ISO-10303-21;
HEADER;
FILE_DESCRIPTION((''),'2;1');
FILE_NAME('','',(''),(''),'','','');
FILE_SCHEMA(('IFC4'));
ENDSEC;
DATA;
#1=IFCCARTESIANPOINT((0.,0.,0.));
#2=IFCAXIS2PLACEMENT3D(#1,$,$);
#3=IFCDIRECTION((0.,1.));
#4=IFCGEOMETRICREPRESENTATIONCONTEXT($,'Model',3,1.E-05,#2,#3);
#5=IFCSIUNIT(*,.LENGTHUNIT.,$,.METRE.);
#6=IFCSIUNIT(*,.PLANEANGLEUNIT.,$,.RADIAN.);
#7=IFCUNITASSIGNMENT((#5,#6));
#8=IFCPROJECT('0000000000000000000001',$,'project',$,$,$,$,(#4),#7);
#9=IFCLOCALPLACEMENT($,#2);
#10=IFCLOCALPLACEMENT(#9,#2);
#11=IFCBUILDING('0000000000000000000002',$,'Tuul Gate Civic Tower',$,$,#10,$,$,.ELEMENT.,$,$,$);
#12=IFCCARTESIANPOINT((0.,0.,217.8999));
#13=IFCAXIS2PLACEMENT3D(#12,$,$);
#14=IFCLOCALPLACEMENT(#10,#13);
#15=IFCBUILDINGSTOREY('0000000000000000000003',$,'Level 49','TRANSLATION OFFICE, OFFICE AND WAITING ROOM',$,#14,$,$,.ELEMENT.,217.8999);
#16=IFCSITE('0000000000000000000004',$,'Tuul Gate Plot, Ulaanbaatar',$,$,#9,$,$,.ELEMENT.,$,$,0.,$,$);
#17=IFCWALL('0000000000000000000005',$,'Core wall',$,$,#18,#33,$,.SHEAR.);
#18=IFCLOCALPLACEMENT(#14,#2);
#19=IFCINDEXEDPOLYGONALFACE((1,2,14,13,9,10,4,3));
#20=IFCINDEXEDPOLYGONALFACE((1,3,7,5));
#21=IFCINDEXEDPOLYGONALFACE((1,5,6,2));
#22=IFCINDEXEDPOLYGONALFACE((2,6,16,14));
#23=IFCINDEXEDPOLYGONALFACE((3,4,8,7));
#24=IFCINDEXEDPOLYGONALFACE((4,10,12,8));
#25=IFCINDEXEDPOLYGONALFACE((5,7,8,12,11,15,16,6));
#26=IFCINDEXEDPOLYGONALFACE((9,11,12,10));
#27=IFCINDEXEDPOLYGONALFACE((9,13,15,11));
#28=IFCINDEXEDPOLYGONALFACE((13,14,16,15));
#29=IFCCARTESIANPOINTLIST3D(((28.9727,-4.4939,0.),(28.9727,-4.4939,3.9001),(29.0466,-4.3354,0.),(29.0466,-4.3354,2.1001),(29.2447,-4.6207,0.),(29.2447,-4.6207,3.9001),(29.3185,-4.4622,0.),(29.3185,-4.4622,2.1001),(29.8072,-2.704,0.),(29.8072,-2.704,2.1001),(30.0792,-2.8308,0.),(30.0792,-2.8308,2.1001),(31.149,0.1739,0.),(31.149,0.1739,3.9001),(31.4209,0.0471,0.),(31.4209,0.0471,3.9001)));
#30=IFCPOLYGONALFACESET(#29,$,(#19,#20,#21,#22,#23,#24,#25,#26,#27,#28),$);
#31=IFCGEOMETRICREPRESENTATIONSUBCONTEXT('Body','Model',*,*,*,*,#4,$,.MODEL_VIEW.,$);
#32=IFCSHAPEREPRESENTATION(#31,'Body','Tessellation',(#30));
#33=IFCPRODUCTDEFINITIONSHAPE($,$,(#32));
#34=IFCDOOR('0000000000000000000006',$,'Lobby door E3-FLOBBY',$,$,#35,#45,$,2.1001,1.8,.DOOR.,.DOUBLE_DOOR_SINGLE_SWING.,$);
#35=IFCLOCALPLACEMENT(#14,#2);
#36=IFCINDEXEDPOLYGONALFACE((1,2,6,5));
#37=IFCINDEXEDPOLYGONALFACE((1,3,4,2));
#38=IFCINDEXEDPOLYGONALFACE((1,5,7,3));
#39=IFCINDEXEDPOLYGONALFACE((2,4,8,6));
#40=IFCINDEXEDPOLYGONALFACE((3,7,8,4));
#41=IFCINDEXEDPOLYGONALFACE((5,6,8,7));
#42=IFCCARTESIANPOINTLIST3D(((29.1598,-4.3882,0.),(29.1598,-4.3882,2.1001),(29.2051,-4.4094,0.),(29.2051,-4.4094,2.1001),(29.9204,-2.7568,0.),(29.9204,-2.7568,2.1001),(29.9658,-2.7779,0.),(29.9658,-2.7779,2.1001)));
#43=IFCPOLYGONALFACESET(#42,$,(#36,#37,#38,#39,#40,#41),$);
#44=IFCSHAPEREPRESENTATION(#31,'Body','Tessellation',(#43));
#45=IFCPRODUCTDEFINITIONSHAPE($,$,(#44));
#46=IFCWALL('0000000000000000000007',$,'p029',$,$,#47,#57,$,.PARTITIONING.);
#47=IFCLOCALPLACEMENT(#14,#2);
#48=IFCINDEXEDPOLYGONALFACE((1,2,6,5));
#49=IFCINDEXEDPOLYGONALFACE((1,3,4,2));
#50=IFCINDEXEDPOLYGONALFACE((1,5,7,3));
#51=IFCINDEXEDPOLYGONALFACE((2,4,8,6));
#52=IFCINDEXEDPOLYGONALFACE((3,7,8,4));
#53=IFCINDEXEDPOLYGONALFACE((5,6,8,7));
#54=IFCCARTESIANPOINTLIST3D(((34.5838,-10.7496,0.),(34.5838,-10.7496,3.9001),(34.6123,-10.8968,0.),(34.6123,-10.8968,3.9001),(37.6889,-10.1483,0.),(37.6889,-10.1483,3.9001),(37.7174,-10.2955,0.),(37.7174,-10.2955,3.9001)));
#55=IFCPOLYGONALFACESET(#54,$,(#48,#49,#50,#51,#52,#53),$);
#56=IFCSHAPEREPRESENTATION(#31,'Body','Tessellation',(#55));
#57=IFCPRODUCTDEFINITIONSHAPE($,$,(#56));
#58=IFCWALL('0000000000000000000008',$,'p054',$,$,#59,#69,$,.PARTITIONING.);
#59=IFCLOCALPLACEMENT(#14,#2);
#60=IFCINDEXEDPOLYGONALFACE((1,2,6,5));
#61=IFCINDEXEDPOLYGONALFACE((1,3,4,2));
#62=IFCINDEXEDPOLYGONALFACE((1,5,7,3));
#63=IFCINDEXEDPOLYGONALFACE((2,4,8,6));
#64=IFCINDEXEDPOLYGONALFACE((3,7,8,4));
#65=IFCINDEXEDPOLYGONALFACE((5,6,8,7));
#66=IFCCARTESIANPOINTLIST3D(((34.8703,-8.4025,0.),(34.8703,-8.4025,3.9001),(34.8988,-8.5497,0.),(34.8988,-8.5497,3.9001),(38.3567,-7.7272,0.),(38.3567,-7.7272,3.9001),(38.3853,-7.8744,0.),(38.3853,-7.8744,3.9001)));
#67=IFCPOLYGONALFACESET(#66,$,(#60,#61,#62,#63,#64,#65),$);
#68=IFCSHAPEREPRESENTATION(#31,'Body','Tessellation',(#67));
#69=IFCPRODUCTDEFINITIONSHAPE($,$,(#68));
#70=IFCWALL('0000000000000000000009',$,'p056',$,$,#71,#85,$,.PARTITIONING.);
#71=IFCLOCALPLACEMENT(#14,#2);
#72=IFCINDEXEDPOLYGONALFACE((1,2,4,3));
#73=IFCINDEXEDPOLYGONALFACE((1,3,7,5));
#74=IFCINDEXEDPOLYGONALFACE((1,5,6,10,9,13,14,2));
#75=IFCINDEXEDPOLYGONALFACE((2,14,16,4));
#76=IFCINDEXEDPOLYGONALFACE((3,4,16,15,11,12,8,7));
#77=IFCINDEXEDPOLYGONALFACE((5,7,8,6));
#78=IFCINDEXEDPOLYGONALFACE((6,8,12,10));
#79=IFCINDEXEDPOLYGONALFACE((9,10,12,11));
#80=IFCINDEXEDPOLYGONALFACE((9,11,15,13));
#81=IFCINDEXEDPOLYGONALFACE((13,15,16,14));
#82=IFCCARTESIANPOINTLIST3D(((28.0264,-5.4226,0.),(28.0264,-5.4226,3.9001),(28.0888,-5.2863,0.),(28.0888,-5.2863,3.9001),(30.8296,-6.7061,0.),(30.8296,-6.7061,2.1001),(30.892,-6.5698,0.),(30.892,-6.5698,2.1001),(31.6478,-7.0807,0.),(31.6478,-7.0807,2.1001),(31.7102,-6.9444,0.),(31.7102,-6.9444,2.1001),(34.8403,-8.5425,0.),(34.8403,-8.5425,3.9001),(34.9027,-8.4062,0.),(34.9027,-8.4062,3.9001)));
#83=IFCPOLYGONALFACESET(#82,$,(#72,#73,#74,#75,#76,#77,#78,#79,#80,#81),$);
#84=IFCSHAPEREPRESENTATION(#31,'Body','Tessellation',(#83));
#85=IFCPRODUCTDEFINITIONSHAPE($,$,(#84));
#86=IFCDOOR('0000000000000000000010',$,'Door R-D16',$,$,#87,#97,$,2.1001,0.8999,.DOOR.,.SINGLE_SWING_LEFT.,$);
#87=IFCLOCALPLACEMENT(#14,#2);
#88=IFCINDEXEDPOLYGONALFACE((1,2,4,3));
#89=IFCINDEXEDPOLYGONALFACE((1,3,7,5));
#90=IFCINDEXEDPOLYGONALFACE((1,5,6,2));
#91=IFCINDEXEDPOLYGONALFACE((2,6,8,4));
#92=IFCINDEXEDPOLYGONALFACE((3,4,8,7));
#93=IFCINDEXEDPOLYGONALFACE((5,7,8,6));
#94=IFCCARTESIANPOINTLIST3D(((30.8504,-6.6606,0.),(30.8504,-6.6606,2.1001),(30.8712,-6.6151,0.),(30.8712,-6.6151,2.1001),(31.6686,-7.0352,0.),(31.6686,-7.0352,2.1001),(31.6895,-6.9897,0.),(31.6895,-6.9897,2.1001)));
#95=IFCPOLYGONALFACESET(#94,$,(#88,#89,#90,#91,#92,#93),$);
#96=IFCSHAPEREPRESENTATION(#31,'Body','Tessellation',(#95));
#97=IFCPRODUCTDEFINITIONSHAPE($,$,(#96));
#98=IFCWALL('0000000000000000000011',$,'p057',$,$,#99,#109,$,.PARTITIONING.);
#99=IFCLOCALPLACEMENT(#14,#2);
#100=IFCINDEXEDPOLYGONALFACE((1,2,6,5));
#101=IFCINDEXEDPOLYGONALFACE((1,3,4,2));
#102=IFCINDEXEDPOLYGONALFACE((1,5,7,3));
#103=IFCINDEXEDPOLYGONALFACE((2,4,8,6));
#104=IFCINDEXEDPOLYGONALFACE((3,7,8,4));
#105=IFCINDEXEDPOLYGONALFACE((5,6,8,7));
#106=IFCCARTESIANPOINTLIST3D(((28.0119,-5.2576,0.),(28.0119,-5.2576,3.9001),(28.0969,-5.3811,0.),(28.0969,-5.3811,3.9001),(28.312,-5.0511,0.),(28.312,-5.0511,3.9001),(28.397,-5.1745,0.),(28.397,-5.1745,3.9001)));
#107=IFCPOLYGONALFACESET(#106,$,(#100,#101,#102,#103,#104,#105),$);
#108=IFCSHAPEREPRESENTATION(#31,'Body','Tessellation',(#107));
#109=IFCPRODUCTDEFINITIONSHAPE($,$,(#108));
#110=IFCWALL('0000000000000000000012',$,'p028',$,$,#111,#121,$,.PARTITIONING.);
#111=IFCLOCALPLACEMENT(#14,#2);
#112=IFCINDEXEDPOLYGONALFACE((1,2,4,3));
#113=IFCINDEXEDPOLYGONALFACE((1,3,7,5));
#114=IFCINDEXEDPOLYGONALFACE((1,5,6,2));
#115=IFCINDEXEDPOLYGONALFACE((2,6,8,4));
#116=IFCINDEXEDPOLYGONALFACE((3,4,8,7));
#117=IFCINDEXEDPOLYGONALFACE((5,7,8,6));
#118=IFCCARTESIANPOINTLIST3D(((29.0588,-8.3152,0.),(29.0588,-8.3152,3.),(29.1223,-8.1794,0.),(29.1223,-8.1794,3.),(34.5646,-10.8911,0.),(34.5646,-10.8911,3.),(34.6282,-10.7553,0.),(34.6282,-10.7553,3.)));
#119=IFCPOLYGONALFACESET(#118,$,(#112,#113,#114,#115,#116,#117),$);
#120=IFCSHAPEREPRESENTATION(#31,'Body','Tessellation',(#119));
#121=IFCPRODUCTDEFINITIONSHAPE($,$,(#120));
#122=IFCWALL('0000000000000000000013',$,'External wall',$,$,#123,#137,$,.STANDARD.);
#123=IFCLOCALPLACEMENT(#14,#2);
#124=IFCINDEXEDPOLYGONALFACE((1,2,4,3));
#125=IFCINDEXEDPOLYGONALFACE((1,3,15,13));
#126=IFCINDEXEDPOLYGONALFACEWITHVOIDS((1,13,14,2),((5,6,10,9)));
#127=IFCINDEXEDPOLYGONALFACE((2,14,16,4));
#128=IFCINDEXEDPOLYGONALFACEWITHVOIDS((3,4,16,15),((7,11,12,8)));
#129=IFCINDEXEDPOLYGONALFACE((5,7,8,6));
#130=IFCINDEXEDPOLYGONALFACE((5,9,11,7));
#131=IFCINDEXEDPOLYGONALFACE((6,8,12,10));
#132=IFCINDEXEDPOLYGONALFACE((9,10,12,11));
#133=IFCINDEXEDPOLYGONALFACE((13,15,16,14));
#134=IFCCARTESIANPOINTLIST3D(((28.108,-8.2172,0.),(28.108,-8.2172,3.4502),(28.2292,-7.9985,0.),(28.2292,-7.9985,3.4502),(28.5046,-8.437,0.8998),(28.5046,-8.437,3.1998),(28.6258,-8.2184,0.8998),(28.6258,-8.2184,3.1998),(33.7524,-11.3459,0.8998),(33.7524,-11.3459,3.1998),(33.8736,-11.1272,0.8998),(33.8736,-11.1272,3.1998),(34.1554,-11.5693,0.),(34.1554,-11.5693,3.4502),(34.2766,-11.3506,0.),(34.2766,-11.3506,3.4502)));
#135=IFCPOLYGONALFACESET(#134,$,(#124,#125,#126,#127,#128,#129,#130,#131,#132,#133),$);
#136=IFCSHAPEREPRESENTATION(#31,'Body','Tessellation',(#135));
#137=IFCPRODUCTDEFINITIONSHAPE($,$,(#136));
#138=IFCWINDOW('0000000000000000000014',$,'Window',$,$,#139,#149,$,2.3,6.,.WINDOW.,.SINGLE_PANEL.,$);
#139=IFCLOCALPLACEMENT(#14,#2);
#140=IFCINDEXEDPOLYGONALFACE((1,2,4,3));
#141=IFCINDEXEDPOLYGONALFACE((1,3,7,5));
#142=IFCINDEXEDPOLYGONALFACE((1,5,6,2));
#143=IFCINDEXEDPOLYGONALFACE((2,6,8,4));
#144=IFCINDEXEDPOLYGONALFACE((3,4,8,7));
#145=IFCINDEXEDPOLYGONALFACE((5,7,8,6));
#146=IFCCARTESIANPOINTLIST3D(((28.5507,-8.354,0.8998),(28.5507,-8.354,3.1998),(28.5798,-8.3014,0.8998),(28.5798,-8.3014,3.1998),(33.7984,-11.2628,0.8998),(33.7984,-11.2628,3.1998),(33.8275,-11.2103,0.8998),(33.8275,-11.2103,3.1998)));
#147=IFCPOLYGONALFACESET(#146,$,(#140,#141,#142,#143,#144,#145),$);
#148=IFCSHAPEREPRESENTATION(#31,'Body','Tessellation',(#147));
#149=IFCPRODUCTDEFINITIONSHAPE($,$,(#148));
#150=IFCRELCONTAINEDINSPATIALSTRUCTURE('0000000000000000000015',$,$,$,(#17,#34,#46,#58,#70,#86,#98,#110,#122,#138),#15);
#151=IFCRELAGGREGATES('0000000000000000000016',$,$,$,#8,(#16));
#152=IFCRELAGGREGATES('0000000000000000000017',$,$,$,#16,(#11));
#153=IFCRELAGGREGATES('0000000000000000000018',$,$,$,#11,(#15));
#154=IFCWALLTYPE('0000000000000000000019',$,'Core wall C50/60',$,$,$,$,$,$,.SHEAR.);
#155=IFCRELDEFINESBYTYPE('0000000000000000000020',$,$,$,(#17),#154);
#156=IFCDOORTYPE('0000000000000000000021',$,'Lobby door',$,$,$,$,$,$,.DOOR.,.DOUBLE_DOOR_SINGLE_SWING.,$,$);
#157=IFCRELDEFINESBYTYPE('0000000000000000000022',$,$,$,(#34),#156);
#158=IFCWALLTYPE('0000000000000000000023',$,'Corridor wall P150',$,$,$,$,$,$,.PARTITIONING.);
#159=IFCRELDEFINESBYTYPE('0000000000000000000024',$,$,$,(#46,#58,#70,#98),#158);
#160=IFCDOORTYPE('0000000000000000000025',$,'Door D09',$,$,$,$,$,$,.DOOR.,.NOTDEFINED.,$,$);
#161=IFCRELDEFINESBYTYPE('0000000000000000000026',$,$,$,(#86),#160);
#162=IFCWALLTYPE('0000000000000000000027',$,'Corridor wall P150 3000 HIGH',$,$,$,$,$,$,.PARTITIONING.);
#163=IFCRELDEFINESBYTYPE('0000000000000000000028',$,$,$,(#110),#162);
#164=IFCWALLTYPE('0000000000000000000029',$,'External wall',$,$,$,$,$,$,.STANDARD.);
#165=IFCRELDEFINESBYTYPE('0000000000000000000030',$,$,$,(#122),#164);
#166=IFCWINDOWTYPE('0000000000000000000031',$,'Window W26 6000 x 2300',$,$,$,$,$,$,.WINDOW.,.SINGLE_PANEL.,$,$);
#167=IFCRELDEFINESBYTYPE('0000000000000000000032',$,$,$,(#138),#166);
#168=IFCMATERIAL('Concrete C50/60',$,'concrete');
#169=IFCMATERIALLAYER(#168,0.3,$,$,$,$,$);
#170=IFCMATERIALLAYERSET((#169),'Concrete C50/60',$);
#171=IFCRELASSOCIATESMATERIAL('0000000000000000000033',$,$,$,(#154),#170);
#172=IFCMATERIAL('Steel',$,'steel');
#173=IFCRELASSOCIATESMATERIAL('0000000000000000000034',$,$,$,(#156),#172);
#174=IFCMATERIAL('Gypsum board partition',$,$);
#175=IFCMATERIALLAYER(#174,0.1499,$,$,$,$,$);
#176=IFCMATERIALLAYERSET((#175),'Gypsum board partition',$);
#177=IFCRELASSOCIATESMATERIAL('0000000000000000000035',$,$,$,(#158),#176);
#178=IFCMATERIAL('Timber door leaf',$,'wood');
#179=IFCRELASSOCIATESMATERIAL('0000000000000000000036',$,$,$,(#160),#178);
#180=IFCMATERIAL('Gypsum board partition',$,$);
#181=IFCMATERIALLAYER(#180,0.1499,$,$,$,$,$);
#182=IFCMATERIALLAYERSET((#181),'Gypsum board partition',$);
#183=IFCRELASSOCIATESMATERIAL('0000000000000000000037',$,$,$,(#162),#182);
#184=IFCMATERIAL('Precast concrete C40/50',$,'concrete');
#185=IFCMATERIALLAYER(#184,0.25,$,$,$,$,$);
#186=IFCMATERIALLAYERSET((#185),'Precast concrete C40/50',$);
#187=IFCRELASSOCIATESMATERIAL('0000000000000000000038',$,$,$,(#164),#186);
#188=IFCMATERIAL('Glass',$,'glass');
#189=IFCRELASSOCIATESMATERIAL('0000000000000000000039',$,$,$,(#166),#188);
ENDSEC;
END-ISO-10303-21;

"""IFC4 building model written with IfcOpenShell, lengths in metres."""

from ifc_helpers import new_model, si_unit, direction, frame, frame_2d, origin, place, context, subcontext, project, spatial, rectangle, extrude, material, layer, layer_set, type_object, element, fill, save


model = new_model("IFC4")

# Units and contexts
model_context = context("Model", 3, precision=1e-05, world=origin(), true_north=direction((0.0, 1.0)))
body_context = subcontext(model_context, "Body", "Model", "MODEL_VIEW")
ifc_project = project(units=[si_unit("LENGTHUNIT", "METRE"), si_unit("PLANEANGLEUNIT", "RADIAN")], contexts=[model_context])

# Site, building, storey
site_placement = place(None, origin())
site = spatial("IfcSite", under=ifc_project, at=site_placement, Name="Tuul Gate Plot, Ulaanbaatar", CompositionType="ELEMENT", RefElevation=0.0)
building_placement = place(site_placement, origin())
building = spatial("IfcBuilding", under=site, at=building_placement, Name="Tuul Gate Civic Tower", CompositionType="ELEMENT")
storey_placement = place(building_placement, frame((0.0, 0.0, 217.8999)))
storey = spatial("IfcBuildingStorey", under=building, at=storey_placement, Name="Level 49", Description="TRANSLATION OFFICE, OFFICE AND WAITING ROOM", CompositionType="ELEMENT", Elevation=217.8999)

# Shared definitions
ifc_material_1 = material(Name="Concrete C50/60", Category="concrete")
ifc_layer_1 = layer(ifc_material_1, 0.3)
ifc_layer_set_1 = layer_set([ifc_layer_1], Name="Concrete C50/60")
wall_type_1 = type_object("IfcWallType", Name="Core wall C50/60", PredefinedType="SHEAR", material=ifc_layer_set_1)
ifc_material_2 = material(Name="Steel", Category="steel")
door_type_1 = type_object("IfcDoorType", Name="Lobby door", OperationType="DOUBLE_DOOR_SINGLE_SWING", PredefinedType="DOOR", material=ifc_material_2)

# Wall, opening, door
wall_1_placement = place(storey_placement, frame((29.1086, -4.5574, 0.0), z_axis=(0.0, 0.0, 1.0), x_axis=(0.422566, 0.906332, 0.0)))
wall_1 = element("IfcWall", 1, at=wall_1_placement, inside=storey, type_object=wall_type_1, Name="Core wall", PredefinedType="SHEAR", context=body_context, shape_type="SweptSolid", body=[
    extrude(rectangle(XDim=5.1501, YDim=0.3, at=frame_2d((2.5752, 0.0))), origin(), (0.0, 0.0, 1.0), 3.9001),
])
opening_1_placement = place(wall_1_placement, frame((0.175, 0.0, 0.0)))
opening_1 = element("IfcOpeningElement", 2, at=opening_1_placement, cuts=wall_1, PredefinedType="OPENING", context=body_context, shape_type="SweptSolid", body=[
    extrude(rectangle(XDim=1.8, YDim=2.1001, at=frame_2d((0.8999, 1.05))), frame((0.0, 0.1602, 0.0), z_axis=(0.0, -1.0, 0.0), x_axis=(1.0, 0.0, 0.0)), (0.0, 0.0, 1.0), 0.3201),
])
door_1_placement = place(opening_1_placement, frame((1.8, 0.0, 0.0), z_axis=(0.0, 0.0, 1.0), x_axis=(-1.0, 0.0, 0.0)))
door_1 = element("IfcDoor", 3, at=door_1_placement, inside=storey, type_object=door_type_1, Name="Lobby door E3-FLOBBY", OperationType="DOUBLE_DOOR_SINGLE_SWING", OverallHeight=2.1001, OverallWidth=1.8, PredefinedType="DOOR", context=body_context, shape_type="SweptSolid", body=[
    extrude(rectangle(XDim=1.8, YDim=2.1001, at=frame_2d((0.9001, 1.05))), frame((0.0, 0.0249, 0.0), z_axis=(0.0, -1.0, 0.0), x_axis=(1.0, 0.0, 0.0)), (0.0, 0.0, 1.0), 0.05),
])
fill(opening_1, door_1)

# Walls
ifc_material_3 = material(Name="Gypsum board partition")
ifc_layer_2 = layer(ifc_material_3, 0.1499)
ifc_layer_set_2 = layer_set([ifc_layer_2], Name="Gypsum board partition")
wall_type_2 = type_object("IfcWallType", Name="Corridor wall P150", PredefinedType="PARTITIONING", material=ifc_layer_set_2)
wall_2_placement = place(storey_placement, frame((34.5979, -10.8232, 0.0), z_axis=(0.0, 0.0, 1.0), x_axis=(0.981762, 0.190116, 0.0)))
element("IfcWall", 4, at=wall_2_placement, inside=storey, type_object=wall_type_2, Name="p029", PredefinedType="PARTITIONING", context=body_context, shape_type="SweptSolid", body=[
    extrude(rectangle(XDim=3.1628, YDim=0.1499, at=frame_2d((1.5815, 0.0))), origin(), (0.0, 0.0, 1.0), 3.9001),
])
wall_3_placement = place(storey_placement, frame((34.8845, -8.4761, 0.0), z_axis=(0.0, 0.0, 1.0), x_axis=(0.981755, 0.19015, 0.0)))
element("IfcWall", 5, at=wall_3_placement, inside=storey, type_object=wall_type_2, Name="p054", PredefinedType="PARTITIONING", context=body_context, shape_type="SweptSolid", body=[
    extrude(rectangle(XDim=3.5513, YDim=0.1499, at=frame_2d((1.7756, 0.0))), origin(), (0.0, 0.0, 1.0), 3.9001),
])

# Wall, opening, door
wall_4_placement = place(storey_placement, frame((28.0576, -5.3545, 0.0), z_axis=(0.0, 0.0, 1.0), x_axis=(0.909226, -0.416302, 0.0)))
wall_4 = element("IfcWall", 6, at=wall_4_placement, inside=storey, type_object=wall_type_2, Name="p056", PredefinedType="PARTITIONING", context=body_context, shape_type="SweptSolid", body=[
    extrude(rectangle(XDim=7.4941, YDim=0.1499, at=frame_2d((3.7471, 0.0))), origin(), (0.0, 0.0, 1.0), 3.9001),
])
opening_2_placement = place(wall_4_placement, frame((3.083, 0.0, 0.0)))
opening_2 = element("IfcOpeningElement", 7, at=opening_2_placement, cuts=wall_4, PredefinedType="OPENING", context=body_context, shape_type="SweptSolid", body=[
    extrude(rectangle(XDim=0.8999, YDim=2.1001, at=frame_2d((0.45, 1.05))), frame((0.0, 0.085, 0.0), z_axis=(0.0, -1.0, 0.0), x_axis=(1.0, 0.0, 0.0)), (0.0, 0.0, 1.0), 0.1699),
])
ifc_material_4 = material(Name="Timber door leaf", Category="wood")
door_type_2 = type_object("IfcDoorType", Name="Door D09", OperationType="NOTDEFINED", PredefinedType="DOOR", material=ifc_material_4)
door_2_placement = place(opening_2_placement, frame((0.8999, 0.0, 0.0), z_axis=(0.0, 0.0, 1.0), x_axis=(-1.0, 0.0, 0.0)))
door_2 = element("IfcDoor", 8, at=door_2_placement, inside=storey, type_object=door_type_2, Name="Door R-D16", OperationType="SINGLE_SWING_LEFT", OverallHeight=2.1001, OverallWidth=0.8999, PredefinedType="DOOR", context=body_context, shape_type="SweptSolid", body=[
    extrude(rectangle(XDim=0.8999, YDim=2.1001, at=frame_2d((0.45, 1.05))), frame((0.0, 0.0249, 0.0), z_axis=(0.0, -1.0, 0.0), x_axis=(1.0, 0.0, 0.0)), (0.0, 0.0, 1.0), 0.05),
])
fill(opening_2, door_2)

# Walls
wall_5_placement = place(storey_placement, frame((28.0544, -5.3193, 0.0), z_axis=(0.0, 0.0, 1.0), x_axis=(0.823709, 0.567012, 0.0)))
element("IfcWall", 9, at=wall_5_placement, inside=storey, type_object=wall_type_2, Name="p057", PredefinedType="PARTITIONING", context=body_context, shape_type="SweptSolid", body=[
    extrude(rectangle(XDim=0.3643, YDim=0.1499, at=frame_2d((0.1821, 0.0))), origin(), (0.0, 0.0, 1.0), 3.9001),
])
ifc_material_5 = material(Name="Gypsum board partition")
ifc_layer_3 = layer(ifc_material_5, 0.1499)
ifc_layer_set_3 = layer_set([ifc_layer_3], Name="Gypsum board partition")
wall_type_3 = type_object("IfcWallType", Name="Corridor wall P150 3000 HIGH", PredefinedType="PARTITIONING", material=ifc_layer_set_3)
wall_6_placement = place(storey_placement, frame((29.0906, -8.2473, 0.0), z_axis=(0.0, 0.0, 1.0), x_axis=(0.905771, -0.423767, 0.0)))
element("IfcWall", 10, at=wall_6_placement, inside=storey, type_object=wall_type_3, Name="p028", PredefinedType="PARTITIONING", context=body_context, shape_type="SweptSolid", body=[
    extrude(rectangle(XDim=6.0786, YDim=0.1499, at=frame_2d((3.0393, 0.0))), origin(), (0.0, 0.0, 1.0), 3.0),
])

# Wall, opening, window
ifc_material_6 = material(Name="Precast concrete C40/50", Category="concrete")
ifc_layer_4 = layer(ifc_material_6, 0.25)
ifc_layer_set_4 = layer_set([ifc_layer_4], Name="Precast concrete C40/50")
wall_type_4 = type_object("IfcWallType", Name="External wall", PredefinedType="STANDARD", material=ifc_layer_set_4)
wall_7_placement = place(storey_placement, frame((28.1687, -8.1079, 0.0), z_axis=(0.0, 0.0, 1.0), x_axis=(0.874623, -0.484803, 0.0)))
wall_7 = element("IfcWall", 11, at=wall_7_placement, inside=storey, type_object=wall_type_4, Name="External wall", PredefinedType="STANDARD", context=body_context, shape_type="SweptSolid", body=[
    extrude(rectangle(XDim=6.9143, YDim=0.25, at=frame_2d((3.457, 0.0))), origin(), (0.0, 0.0, 1.0), 3.4502),
])
opening_3_placement = place(wall_7_placement, frame((0.4534, 0.0, 0.8999)))
opening_3 = element("IfcOpeningElement", 12, at=opening_3_placement, cuts=wall_7, PredefinedType="OPENING", context=body_context, shape_type="SweptSolid", body=[
    extrude(rectangle(XDim=6.0, YDim=2.3, at=frame_2d((3.0, 1.1499))), frame((0.0, 0.135, 0.0), z_axis=(0.0, -1.0, 0.0), x_axis=(1.0, 0.0, 0.0)), (0.0, 0.0, 1.0), 0.27),
])
ifc_material_7 = material(Name="Glass", Category="glass")
window_type = type_object("IfcWindowType", Name="Window W26 6000 x 2300", PartitioningType="SINGLE_PANEL", PredefinedType="WINDOW", material=ifc_material_7)
window_1_placement = place(opening_3_placement, origin())
window_1 = element("IfcWindow", 13, at=window_1_placement, inside=storey, type_object=window_type, Name="Window", OverallHeight=2.3, OverallWidth=6.0, PartitioningType="SINGLE_PANEL", PredefinedType="WINDOW", context=body_context, shape_type="SweptSolid", body=[
    extrude(rectangle(XDim=6.0, YDim=2.3, at=frame_2d((3.0, 1.1499))), frame((0.0, 0.03, 0.0), z_axis=(0.0, -1.0, 0.0), x_axis=(1.0, 0.0, 0.0)), (0.0, 0.0, 1.0), 0.0601),
])
fill(opening_3, window_1)

save(model, "model.ifc")
